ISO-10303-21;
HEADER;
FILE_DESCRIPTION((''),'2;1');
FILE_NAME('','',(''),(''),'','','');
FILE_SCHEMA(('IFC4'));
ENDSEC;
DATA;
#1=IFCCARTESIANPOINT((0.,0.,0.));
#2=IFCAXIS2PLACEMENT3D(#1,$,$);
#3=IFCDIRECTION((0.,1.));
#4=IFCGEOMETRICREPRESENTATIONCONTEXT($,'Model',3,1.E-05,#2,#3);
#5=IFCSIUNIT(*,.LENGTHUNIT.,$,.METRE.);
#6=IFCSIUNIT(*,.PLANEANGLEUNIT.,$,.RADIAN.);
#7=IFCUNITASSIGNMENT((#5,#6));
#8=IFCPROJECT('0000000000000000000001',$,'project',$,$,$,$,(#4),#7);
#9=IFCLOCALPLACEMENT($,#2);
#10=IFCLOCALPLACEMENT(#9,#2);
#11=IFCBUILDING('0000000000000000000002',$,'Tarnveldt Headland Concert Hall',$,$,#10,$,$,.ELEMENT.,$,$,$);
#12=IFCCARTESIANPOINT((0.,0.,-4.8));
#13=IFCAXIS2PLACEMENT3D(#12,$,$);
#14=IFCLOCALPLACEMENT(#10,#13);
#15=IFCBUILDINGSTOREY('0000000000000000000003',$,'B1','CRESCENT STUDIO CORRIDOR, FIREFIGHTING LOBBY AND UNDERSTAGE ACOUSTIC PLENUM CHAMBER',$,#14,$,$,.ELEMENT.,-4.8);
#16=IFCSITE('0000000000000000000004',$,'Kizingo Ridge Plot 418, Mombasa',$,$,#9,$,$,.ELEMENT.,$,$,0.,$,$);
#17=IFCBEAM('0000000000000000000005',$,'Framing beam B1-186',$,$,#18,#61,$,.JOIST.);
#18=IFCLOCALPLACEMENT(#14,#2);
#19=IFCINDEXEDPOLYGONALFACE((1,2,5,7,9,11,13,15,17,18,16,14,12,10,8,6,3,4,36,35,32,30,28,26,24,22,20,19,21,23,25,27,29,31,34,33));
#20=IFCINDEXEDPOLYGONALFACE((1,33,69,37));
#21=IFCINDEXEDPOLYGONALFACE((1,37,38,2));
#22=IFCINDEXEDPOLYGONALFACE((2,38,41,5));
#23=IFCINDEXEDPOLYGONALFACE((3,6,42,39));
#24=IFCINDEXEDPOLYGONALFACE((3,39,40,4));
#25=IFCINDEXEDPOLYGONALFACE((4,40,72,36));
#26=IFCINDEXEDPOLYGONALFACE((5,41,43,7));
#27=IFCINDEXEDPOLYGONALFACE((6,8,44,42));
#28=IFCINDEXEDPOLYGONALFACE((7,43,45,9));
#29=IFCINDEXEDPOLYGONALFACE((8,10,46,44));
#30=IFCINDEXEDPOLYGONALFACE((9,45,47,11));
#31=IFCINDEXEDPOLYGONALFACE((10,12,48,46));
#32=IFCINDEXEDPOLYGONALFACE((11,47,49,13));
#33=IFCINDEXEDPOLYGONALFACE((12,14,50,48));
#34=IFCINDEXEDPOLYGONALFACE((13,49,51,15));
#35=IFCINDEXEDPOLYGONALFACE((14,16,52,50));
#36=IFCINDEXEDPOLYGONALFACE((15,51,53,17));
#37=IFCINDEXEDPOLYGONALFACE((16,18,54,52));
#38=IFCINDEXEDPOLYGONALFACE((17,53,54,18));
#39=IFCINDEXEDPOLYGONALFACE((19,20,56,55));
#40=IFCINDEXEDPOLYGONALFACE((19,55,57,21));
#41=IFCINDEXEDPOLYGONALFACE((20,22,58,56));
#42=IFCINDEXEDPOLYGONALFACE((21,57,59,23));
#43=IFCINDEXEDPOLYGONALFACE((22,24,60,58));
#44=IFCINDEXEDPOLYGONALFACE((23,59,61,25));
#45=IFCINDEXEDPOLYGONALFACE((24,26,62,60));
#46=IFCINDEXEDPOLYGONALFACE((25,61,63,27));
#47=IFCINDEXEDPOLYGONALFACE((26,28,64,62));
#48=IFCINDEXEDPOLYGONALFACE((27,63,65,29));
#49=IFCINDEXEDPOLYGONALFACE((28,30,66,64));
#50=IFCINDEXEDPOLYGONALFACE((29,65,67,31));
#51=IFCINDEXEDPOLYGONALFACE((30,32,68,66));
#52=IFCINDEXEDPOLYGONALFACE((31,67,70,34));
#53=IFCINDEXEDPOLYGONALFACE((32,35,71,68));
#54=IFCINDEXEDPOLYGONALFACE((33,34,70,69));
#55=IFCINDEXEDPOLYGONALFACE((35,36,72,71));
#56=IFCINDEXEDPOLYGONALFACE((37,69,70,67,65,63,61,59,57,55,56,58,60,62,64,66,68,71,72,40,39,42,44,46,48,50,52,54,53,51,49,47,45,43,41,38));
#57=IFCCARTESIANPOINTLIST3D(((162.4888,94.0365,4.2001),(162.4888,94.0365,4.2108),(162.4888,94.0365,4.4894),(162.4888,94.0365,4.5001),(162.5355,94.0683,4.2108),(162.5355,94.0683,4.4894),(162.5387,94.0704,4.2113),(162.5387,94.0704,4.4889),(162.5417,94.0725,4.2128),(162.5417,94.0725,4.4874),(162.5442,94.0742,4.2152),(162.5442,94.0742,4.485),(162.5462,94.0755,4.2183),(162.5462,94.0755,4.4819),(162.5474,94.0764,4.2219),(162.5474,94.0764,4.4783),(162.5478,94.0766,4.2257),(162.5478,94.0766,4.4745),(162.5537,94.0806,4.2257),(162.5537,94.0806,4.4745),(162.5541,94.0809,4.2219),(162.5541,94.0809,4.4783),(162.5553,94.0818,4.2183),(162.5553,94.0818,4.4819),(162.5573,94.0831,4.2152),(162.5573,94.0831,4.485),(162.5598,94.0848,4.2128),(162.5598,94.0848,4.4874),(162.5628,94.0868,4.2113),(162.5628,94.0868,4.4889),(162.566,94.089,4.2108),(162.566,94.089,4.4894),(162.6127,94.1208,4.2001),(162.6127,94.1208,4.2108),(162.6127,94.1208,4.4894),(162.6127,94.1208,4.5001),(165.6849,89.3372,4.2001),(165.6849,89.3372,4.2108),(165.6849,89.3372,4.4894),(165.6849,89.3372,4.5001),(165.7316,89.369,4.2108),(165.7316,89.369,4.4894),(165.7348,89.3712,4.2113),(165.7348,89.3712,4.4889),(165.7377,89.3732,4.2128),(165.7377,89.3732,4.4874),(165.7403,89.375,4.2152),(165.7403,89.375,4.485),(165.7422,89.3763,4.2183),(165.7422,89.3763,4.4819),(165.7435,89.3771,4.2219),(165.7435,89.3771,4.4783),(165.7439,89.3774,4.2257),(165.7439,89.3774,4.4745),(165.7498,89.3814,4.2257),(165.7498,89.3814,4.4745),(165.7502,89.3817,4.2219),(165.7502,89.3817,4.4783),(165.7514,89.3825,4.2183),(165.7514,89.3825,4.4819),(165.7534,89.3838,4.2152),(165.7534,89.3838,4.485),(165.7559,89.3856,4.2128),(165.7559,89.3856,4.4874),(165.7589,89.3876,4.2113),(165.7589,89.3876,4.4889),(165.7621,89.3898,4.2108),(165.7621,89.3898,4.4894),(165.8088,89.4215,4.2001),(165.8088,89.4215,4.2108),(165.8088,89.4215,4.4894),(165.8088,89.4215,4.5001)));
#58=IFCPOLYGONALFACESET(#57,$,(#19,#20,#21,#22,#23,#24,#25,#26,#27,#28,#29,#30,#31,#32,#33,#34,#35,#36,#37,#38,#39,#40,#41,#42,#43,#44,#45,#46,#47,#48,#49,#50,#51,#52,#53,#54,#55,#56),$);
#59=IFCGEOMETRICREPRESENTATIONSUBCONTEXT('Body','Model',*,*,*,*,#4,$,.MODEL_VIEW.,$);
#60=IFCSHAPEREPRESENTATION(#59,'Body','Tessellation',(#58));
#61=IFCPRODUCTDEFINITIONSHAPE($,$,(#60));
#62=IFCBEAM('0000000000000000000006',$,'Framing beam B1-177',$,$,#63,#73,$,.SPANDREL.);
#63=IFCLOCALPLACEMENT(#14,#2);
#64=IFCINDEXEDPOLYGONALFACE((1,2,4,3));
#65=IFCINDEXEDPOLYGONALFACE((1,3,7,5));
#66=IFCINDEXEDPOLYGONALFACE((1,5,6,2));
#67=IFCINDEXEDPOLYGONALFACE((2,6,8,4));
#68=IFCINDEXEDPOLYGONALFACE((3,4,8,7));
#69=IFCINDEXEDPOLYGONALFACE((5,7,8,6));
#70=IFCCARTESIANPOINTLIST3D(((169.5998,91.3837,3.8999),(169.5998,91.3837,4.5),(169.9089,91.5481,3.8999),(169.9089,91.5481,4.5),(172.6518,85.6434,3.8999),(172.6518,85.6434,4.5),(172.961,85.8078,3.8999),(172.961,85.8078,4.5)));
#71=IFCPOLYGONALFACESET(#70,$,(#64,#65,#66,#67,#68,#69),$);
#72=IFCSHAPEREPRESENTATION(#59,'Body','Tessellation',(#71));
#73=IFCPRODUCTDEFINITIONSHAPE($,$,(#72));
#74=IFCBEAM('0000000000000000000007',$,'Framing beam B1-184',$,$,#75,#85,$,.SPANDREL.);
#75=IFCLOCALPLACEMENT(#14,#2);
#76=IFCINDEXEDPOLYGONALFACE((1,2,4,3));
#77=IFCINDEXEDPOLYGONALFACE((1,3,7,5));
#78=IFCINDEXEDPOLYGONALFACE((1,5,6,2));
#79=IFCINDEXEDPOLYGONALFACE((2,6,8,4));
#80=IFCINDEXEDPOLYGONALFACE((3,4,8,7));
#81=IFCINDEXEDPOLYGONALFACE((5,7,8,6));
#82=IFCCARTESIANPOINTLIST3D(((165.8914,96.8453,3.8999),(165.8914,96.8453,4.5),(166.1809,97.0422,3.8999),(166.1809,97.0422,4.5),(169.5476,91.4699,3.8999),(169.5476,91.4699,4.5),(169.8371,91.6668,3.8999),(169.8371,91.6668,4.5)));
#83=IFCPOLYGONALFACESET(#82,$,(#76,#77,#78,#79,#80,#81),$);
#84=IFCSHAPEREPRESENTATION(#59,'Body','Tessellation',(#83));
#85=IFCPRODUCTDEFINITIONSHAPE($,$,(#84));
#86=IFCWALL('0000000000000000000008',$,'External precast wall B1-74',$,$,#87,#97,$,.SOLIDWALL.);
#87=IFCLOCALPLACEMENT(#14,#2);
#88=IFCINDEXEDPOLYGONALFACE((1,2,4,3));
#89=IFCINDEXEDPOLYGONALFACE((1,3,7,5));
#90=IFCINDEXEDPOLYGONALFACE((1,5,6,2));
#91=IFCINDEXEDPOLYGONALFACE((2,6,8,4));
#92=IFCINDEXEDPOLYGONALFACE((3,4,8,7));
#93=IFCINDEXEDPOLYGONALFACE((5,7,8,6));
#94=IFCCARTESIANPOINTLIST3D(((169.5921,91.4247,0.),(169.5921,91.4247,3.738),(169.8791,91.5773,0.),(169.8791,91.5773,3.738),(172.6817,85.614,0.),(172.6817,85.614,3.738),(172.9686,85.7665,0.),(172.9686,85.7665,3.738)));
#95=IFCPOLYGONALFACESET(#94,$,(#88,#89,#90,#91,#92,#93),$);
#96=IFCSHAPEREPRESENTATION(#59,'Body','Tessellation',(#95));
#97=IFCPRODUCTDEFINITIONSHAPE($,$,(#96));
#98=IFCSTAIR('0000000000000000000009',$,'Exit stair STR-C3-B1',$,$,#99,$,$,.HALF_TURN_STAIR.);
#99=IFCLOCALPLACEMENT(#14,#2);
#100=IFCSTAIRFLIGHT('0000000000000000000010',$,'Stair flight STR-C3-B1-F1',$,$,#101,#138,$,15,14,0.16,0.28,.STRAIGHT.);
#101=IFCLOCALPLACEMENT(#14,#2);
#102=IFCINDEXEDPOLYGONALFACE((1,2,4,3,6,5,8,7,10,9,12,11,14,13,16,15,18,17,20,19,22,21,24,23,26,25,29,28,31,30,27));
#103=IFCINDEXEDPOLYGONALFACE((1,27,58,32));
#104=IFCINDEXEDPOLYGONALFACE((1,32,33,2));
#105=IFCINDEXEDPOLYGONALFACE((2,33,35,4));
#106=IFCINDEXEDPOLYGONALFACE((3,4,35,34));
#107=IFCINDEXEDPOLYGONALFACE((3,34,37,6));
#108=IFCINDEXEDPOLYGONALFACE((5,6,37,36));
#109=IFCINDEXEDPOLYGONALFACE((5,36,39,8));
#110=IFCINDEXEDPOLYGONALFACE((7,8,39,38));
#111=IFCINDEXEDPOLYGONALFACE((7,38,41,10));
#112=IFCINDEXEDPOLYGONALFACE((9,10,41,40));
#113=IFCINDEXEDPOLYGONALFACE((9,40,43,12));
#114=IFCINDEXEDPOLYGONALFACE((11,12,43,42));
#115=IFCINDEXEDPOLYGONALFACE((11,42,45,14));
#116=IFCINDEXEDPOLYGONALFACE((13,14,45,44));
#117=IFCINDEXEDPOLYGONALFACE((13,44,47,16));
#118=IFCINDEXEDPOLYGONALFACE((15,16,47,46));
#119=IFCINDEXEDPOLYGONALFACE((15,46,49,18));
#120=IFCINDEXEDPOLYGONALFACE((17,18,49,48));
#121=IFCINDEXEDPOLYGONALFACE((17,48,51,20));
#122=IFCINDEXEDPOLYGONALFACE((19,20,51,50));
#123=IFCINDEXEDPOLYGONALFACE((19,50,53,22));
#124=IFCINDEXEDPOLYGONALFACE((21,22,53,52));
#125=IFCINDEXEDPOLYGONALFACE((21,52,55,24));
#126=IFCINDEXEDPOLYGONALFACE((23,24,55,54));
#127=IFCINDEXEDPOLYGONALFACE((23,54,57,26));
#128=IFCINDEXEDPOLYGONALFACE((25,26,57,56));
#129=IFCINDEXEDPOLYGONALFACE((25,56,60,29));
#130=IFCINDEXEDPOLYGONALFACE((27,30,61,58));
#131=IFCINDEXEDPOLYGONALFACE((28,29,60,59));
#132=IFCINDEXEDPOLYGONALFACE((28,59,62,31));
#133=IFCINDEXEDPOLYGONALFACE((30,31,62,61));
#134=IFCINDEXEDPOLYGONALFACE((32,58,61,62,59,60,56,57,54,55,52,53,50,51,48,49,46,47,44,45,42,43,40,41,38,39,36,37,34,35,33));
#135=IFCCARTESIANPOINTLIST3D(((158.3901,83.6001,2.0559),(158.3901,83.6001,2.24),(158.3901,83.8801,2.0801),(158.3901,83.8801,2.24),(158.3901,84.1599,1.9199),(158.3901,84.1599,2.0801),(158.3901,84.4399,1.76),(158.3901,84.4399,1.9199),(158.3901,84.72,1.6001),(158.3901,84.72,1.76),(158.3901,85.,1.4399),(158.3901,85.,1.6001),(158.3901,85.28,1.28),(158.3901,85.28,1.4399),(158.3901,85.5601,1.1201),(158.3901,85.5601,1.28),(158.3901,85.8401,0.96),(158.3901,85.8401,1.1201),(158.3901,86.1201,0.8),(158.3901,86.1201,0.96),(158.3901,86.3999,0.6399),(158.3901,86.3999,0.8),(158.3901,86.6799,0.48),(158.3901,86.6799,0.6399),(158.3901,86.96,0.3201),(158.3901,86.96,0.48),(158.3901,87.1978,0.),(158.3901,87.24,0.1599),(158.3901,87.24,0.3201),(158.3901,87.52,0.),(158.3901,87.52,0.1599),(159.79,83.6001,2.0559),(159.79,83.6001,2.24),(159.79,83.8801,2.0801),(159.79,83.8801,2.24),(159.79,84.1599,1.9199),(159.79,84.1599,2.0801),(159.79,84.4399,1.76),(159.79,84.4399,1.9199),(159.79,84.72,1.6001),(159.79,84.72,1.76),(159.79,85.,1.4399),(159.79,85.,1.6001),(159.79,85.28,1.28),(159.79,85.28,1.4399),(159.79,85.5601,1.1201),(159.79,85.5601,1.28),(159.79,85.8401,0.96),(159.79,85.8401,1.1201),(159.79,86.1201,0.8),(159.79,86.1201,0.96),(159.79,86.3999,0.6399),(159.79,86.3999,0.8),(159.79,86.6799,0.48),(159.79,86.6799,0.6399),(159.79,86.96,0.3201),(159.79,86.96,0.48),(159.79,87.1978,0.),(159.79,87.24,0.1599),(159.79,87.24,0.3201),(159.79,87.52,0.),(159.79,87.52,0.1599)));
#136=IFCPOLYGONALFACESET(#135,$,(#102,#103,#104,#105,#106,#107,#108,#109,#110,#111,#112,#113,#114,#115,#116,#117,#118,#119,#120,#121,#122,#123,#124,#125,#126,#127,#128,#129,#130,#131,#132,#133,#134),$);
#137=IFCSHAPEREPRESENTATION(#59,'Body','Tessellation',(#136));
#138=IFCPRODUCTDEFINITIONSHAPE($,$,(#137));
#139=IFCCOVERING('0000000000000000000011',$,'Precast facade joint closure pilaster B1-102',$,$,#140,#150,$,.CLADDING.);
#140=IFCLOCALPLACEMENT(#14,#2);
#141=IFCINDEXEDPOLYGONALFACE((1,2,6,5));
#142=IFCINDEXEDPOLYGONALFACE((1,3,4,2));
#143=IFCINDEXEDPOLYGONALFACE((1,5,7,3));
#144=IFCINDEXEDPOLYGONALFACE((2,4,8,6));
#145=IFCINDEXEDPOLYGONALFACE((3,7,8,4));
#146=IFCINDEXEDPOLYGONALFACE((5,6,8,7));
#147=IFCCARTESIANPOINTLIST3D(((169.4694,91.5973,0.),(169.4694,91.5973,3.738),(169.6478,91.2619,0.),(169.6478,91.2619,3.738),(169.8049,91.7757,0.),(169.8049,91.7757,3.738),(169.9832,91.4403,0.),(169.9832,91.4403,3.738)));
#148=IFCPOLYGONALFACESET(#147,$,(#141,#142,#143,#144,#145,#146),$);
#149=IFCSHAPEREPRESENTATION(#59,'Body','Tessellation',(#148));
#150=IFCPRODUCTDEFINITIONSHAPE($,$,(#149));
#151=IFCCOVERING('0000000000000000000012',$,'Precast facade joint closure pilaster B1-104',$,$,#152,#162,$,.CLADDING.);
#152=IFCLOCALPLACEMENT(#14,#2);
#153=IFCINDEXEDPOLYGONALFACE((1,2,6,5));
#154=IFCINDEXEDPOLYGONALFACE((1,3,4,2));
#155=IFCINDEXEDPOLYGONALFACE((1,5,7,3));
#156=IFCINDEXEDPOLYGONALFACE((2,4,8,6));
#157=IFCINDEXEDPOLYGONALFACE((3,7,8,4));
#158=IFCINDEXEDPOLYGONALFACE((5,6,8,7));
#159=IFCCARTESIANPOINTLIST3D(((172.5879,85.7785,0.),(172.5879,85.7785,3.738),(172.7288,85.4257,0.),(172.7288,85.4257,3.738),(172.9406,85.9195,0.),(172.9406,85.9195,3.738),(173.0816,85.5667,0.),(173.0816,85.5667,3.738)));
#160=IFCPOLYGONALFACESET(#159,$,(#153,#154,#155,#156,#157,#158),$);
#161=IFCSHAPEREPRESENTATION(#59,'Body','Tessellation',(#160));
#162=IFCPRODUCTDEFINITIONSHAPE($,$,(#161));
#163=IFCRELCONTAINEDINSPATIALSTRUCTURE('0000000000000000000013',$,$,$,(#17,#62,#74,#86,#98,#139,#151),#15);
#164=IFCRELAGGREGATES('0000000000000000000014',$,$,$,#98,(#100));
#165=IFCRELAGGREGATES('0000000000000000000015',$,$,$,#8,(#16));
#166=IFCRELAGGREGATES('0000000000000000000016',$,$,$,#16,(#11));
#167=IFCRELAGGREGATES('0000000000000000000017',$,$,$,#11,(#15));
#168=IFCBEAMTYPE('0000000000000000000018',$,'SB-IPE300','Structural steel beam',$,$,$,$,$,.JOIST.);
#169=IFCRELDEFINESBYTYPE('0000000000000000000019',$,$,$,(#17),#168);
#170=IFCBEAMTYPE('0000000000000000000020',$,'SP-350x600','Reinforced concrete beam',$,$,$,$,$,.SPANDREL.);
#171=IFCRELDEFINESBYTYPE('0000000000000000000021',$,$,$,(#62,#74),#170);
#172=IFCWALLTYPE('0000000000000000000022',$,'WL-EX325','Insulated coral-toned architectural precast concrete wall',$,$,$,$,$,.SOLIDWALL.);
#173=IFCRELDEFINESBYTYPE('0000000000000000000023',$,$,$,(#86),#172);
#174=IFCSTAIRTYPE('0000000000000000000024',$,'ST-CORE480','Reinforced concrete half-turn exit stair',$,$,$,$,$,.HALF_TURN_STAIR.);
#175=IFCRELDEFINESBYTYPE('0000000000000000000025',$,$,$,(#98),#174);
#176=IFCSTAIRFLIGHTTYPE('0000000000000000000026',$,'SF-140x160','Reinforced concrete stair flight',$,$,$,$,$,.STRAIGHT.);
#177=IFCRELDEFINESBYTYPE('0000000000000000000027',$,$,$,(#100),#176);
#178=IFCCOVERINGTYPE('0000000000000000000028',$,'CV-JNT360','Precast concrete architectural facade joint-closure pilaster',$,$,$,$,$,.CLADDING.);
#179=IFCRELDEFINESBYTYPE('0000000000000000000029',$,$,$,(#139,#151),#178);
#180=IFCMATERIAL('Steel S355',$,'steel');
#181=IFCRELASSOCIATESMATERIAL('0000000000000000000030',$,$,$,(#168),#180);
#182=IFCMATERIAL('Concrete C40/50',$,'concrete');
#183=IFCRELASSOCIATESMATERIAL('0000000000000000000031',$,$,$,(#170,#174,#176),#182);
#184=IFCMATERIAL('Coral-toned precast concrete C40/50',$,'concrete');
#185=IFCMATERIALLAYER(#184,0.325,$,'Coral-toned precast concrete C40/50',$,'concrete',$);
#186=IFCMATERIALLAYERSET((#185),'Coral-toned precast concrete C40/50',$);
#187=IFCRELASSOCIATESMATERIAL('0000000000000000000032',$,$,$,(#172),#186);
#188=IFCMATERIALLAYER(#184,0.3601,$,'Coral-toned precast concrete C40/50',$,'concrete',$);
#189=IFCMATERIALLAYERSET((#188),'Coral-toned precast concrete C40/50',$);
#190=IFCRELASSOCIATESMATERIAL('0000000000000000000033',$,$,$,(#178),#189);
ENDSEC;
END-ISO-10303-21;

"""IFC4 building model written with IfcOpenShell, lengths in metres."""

from ifc_helpers import new_model, si_unit, direction, frame, frame_2d, origin, origin_2d, place, context, subcontext, project, spatial, polyline, rectangle, i_section, outline, extrude, material, layer, layer_set, material_profile, profile_set, type_object, element, aggregate, save


model = new_model("IFC4")

# Units and contexts
model_context = context("Model", 3, precision=1e-05, world=origin(), true_north=direction((0.0, 1.0)))
body_context = subcontext(model_context, "Body", "Model", "MODEL_VIEW")
ifc_project = project(units=[si_unit("LENGTHUNIT", "METRE"), si_unit("PLANEANGLEUNIT", "RADIAN")], contexts=[model_context])

# Site, building, storey
site_placement = place(None, origin())
site = spatial("IfcSite", under=ifc_project, at=site_placement, Name="Kizingo Ridge Plot 418, Mombasa", CompositionType="ELEMENT", RefElevation=0.0)
building_placement = place(site_placement, origin())
building = spatial("IfcBuilding", under=site, at=building_placement, Name="Tarnveldt Headland Concert Hall", CompositionType="ELEMENT")
storey_placement = place(building_placement, frame((0.0, 0.0, -4.8)))
storey = spatial("IfcBuildingStorey", under=building, at=storey_placement, Name="B1", Description="CRESCENT STUDIO CORRIDOR, FIREFIGHTING LOBBY AND UNDERSTAGE ACOUSTIC PLENUM CHAMBER", CompositionType="ELEMENT", Elevation=-4.8)

# Shared definitions
ifc_material_1 = material(Name="Concrete C40/50", Category="concrete")

# Beams
ifc_material_2 = material(Name="Steel S355", Category="steel")
ifc_material_profile_1 = material_profile(ifc_material_2, i_section(OverallWidth=0.1499, OverallDepth=0.3, WebThickness=0.0071, FlangeThickness=0.0107, FilletRadius=0.0149, at=origin_2d()), Name="IPE300", Category="steel")
ifc_profile_set_1 = profile_set([ifc_material_profile_1], Name="Steel S355")
beam_type_1 = type_object("IfcBeamType", Name="SB-IPE300", Description="Structural steel beam", PredefinedType="JOIST", material=ifc_profile_set_1)
beam_1_placement = place(storey_placement, frame((165.7468, 89.3794, 4.3501), z_axis=(-0.562379, 0.826879, 0.0), x_axis=(-0.826879, -0.562379, 0.0)))
element("IfcBeam", 1, at=beam_1_placement, inside=storey, type_object=beam_type_1, Name="Framing beam B1-186", PredefinedType="JOIST", context=body_context, shape_type="SweptSolid", body=[
    extrude(i_section(OverallWidth=0.1499, OverallDepth=0.3, WebThickness=0.0071, FlangeThickness=0.0107, FilletRadius=0.0149, at=origin_2d()), origin(), (0.0, 0.0, 1.0), 5.6831),
])
ifc_material_profile_2 = material_profile(ifc_material_1, rectangle(XDim=0.3501, YDim=0.6001, at=origin_2d()), Name="RC SPANDREL 350x600", Category="concrete")
ifc_profile_set_2 = profile_set([ifc_material_profile_2], Name="Concrete C40/50")
beam_type_2 = type_object("IfcBeamType", Name="SP-350x600", Description="Reinforced concrete beam", PredefinedType="SPANDREL", material=ifc_profile_set_2)
beam_2_placement = place(storey_placement, frame((172.8064, 85.7256, 4.2), z_axis=(-0.469455, 0.882956, 0.0), x_axis=(-0.882956, -0.469455, 0.0)))
element("IfcBeam", 2, at=beam_2_placement, inside=storey, type_object=beam_type_2, Name="Framing beam B1-177", PredefinedType="SPANDREL", context=body_context, shape_type="SweptSolid", body=[
    extrude(rectangle(XDim=0.3501, YDim=0.6001, at=origin_2d()), origin(), (0.0, 0.0, 1.0), 6.5012),
])
beam_3_placement = place(storey_placement, frame((169.6924, 91.5684, 4.2), z_axis=(-0.562407, 0.826861, 0.0), x_axis=(-0.826861, -0.562407, 0.0)))
element("IfcBeam", 3, at=beam_3_placement, inside=storey, type_object=beam_type_2, Name="Framing beam B1-184", PredefinedType="SPANDREL", context=body_context, shape_type="SweptSolid", body=[
    extrude(rectangle(XDim=0.3501, YDim=0.6001, at=origin_2d()), origin(), (0.0, 0.0, 1.0), 6.501),
])

# Wall
ifc_material_3 = material(Name="Coral-toned precast concrete C40/50", Category="concrete")
ifc_layer_1 = layer(ifc_material_3, 0.325, Name="Coral-toned precast concrete C40/50", Category="concrete")
ifc_layer_set_1 = layer_set([ifc_layer_1], Name="Coral-toned precast concrete C40/50")
wall_type_1 = type_object("IfcWallType", Name="WL-EX325", Description="Insulated coral-toned architectural precast concrete wall", PredefinedType="SOLIDWALL", material=ifc_layer_set_1)
wall_1_placement = place(storey_placement, frame((169.7356, 91.501, 0.0), z_axis=(0.0, 0.0, 1.0), x_axis=(0.469465, -0.882951, 0.0)))
element("IfcWall", 4, at=wall_1_placement, inside=storey, type_object=wall_type_1, Name="External precast wall B1-74", PredefinedType="SOLIDWALL", context=body_context, shape_type="SweptSolid", body=[
    extrude(rectangle(XDim=6.5811, YDim=0.325, at=frame_2d((3.2905, 0.0))), origin(), (0.0, 0.0, 1.0), 3.738),
])

# Stair, stair flight
stair_type = type_object("IfcStairType", Name="ST-CORE480", Description="Reinforced concrete half-turn exit stair", PredefinedType="HALF_TURN_STAIR", material=ifc_material_1)
stair_placement = place(storey_placement, origin())
stair = element("IfcStair", 5, at=stair_placement, inside=storey, type_object=stair_type, Name="Exit stair STR-C3-B1", PredefinedType="HALF_TURN_STAIR")
stair_flight_type = type_object("IfcStairFlightType", Name="SF-140x160", Description="Reinforced concrete stair flight", PredefinedType="STRAIGHT", material=ifc_material_1)
stair_flight_placement = place(storey_placement, frame((159.0901, 87.52, 0.0), z_axis=(0.0, 0.0, 1.0), x_axis=(0.0, -1.0, 0.0)))
stair_flight = element("IfcStairFlight", 6, at=stair_flight_placement, type_object=stair_flight_type, Name="Stair flight STR-C3-B1-F1", NumberOfRisers=15, NumberOfTreads=14, PredefinedType="STRAIGHT", RiserHeight=0.16, TreadLength=0.28, context=body_context, shape_type="SweptSolid", body=[
    extrude(outline(polyline([(0.0, 0.0), (0.0, 0.1599), (0.28, 0.1599), (0.28, 0.3201), (0.5601, 0.3201), (0.5601, 0.48), (0.8401, 0.48), (0.8401, 0.6399), (1.1201, 0.6399), (1.1201, 0.8), (1.3999, 0.8), (1.3999, 0.96), (1.6799, 0.96), (1.6799, 1.1201), (1.96, 1.1201), (1.96, 1.28), (2.24, 1.28), (2.24, 1.4399), (2.52, 1.4399), (2.52, 1.6001), (2.8, 1.6001), (2.8, 1.76), (3.0801, 1.76), (3.0801, 1.9199), (3.3601, 1.9199), (3.3601, 2.0801), (3.6399, 2.0801), (3.6399, 2.24), (3.9199, 2.24), (3.9199, 2.3999), (3.9199, 2.0559), (0.3223, 0.0), (0.0, 0.0)])), frame((0.0, 0.7, 0.0), z_axis=(0.0, -1.0, 0.0), x_axis=(1.0, 0.0, 0.0)), (0.0, 0.0, 1.0), 1.3999),
])
aggregate(stair, [stair_flight])

# Coverings
ifc_layer_2 = layer(ifc_material_3, 0.3601, Name="Coral-toned precast concrete C40/50", Category="concrete")
ifc_layer_set_2 = layer_set([ifc_layer_2], Name="Coral-toned precast concrete C40/50")
covering_type = type_object("IfcCoveringType", Name="CV-JNT360", Description="Precast concrete architectural facade joint-closure pilaster", PredefinedType="CLADDING", material=ifc_layer_set_2)
for number, where, z_axis, x_axis, name in (
    (7, (169.7263, 91.5188, 0.0), (0.0, 0.0, 1.0), (0.469472, -0.882948, 0.0), "Precast facade joint closure pilaster B1-102"),
    (8, (172.8347, 85.6726, 0.0), (0.0, 0.0, 1.0), (0.371044, -0.928615, 0.0), "Precast facade joint closure pilaster B1-104"),
):
    element("IfcCovering", number, at=place(storey_placement, frame(where, z_axis=z_axis, x_axis=x_axis)), inside=storey, type_object=covering_type, Name=name, PredefinedType="CLADDING", context=body_context, shape_type="SweptSolid", body=[
        extrude(rectangle(XDim=0.3799, YDim=0.3799, at=origin_2d()), origin(), (0.0, 0.0, 1.0), 3.738),
    ])

save(model, "model.ifc")
